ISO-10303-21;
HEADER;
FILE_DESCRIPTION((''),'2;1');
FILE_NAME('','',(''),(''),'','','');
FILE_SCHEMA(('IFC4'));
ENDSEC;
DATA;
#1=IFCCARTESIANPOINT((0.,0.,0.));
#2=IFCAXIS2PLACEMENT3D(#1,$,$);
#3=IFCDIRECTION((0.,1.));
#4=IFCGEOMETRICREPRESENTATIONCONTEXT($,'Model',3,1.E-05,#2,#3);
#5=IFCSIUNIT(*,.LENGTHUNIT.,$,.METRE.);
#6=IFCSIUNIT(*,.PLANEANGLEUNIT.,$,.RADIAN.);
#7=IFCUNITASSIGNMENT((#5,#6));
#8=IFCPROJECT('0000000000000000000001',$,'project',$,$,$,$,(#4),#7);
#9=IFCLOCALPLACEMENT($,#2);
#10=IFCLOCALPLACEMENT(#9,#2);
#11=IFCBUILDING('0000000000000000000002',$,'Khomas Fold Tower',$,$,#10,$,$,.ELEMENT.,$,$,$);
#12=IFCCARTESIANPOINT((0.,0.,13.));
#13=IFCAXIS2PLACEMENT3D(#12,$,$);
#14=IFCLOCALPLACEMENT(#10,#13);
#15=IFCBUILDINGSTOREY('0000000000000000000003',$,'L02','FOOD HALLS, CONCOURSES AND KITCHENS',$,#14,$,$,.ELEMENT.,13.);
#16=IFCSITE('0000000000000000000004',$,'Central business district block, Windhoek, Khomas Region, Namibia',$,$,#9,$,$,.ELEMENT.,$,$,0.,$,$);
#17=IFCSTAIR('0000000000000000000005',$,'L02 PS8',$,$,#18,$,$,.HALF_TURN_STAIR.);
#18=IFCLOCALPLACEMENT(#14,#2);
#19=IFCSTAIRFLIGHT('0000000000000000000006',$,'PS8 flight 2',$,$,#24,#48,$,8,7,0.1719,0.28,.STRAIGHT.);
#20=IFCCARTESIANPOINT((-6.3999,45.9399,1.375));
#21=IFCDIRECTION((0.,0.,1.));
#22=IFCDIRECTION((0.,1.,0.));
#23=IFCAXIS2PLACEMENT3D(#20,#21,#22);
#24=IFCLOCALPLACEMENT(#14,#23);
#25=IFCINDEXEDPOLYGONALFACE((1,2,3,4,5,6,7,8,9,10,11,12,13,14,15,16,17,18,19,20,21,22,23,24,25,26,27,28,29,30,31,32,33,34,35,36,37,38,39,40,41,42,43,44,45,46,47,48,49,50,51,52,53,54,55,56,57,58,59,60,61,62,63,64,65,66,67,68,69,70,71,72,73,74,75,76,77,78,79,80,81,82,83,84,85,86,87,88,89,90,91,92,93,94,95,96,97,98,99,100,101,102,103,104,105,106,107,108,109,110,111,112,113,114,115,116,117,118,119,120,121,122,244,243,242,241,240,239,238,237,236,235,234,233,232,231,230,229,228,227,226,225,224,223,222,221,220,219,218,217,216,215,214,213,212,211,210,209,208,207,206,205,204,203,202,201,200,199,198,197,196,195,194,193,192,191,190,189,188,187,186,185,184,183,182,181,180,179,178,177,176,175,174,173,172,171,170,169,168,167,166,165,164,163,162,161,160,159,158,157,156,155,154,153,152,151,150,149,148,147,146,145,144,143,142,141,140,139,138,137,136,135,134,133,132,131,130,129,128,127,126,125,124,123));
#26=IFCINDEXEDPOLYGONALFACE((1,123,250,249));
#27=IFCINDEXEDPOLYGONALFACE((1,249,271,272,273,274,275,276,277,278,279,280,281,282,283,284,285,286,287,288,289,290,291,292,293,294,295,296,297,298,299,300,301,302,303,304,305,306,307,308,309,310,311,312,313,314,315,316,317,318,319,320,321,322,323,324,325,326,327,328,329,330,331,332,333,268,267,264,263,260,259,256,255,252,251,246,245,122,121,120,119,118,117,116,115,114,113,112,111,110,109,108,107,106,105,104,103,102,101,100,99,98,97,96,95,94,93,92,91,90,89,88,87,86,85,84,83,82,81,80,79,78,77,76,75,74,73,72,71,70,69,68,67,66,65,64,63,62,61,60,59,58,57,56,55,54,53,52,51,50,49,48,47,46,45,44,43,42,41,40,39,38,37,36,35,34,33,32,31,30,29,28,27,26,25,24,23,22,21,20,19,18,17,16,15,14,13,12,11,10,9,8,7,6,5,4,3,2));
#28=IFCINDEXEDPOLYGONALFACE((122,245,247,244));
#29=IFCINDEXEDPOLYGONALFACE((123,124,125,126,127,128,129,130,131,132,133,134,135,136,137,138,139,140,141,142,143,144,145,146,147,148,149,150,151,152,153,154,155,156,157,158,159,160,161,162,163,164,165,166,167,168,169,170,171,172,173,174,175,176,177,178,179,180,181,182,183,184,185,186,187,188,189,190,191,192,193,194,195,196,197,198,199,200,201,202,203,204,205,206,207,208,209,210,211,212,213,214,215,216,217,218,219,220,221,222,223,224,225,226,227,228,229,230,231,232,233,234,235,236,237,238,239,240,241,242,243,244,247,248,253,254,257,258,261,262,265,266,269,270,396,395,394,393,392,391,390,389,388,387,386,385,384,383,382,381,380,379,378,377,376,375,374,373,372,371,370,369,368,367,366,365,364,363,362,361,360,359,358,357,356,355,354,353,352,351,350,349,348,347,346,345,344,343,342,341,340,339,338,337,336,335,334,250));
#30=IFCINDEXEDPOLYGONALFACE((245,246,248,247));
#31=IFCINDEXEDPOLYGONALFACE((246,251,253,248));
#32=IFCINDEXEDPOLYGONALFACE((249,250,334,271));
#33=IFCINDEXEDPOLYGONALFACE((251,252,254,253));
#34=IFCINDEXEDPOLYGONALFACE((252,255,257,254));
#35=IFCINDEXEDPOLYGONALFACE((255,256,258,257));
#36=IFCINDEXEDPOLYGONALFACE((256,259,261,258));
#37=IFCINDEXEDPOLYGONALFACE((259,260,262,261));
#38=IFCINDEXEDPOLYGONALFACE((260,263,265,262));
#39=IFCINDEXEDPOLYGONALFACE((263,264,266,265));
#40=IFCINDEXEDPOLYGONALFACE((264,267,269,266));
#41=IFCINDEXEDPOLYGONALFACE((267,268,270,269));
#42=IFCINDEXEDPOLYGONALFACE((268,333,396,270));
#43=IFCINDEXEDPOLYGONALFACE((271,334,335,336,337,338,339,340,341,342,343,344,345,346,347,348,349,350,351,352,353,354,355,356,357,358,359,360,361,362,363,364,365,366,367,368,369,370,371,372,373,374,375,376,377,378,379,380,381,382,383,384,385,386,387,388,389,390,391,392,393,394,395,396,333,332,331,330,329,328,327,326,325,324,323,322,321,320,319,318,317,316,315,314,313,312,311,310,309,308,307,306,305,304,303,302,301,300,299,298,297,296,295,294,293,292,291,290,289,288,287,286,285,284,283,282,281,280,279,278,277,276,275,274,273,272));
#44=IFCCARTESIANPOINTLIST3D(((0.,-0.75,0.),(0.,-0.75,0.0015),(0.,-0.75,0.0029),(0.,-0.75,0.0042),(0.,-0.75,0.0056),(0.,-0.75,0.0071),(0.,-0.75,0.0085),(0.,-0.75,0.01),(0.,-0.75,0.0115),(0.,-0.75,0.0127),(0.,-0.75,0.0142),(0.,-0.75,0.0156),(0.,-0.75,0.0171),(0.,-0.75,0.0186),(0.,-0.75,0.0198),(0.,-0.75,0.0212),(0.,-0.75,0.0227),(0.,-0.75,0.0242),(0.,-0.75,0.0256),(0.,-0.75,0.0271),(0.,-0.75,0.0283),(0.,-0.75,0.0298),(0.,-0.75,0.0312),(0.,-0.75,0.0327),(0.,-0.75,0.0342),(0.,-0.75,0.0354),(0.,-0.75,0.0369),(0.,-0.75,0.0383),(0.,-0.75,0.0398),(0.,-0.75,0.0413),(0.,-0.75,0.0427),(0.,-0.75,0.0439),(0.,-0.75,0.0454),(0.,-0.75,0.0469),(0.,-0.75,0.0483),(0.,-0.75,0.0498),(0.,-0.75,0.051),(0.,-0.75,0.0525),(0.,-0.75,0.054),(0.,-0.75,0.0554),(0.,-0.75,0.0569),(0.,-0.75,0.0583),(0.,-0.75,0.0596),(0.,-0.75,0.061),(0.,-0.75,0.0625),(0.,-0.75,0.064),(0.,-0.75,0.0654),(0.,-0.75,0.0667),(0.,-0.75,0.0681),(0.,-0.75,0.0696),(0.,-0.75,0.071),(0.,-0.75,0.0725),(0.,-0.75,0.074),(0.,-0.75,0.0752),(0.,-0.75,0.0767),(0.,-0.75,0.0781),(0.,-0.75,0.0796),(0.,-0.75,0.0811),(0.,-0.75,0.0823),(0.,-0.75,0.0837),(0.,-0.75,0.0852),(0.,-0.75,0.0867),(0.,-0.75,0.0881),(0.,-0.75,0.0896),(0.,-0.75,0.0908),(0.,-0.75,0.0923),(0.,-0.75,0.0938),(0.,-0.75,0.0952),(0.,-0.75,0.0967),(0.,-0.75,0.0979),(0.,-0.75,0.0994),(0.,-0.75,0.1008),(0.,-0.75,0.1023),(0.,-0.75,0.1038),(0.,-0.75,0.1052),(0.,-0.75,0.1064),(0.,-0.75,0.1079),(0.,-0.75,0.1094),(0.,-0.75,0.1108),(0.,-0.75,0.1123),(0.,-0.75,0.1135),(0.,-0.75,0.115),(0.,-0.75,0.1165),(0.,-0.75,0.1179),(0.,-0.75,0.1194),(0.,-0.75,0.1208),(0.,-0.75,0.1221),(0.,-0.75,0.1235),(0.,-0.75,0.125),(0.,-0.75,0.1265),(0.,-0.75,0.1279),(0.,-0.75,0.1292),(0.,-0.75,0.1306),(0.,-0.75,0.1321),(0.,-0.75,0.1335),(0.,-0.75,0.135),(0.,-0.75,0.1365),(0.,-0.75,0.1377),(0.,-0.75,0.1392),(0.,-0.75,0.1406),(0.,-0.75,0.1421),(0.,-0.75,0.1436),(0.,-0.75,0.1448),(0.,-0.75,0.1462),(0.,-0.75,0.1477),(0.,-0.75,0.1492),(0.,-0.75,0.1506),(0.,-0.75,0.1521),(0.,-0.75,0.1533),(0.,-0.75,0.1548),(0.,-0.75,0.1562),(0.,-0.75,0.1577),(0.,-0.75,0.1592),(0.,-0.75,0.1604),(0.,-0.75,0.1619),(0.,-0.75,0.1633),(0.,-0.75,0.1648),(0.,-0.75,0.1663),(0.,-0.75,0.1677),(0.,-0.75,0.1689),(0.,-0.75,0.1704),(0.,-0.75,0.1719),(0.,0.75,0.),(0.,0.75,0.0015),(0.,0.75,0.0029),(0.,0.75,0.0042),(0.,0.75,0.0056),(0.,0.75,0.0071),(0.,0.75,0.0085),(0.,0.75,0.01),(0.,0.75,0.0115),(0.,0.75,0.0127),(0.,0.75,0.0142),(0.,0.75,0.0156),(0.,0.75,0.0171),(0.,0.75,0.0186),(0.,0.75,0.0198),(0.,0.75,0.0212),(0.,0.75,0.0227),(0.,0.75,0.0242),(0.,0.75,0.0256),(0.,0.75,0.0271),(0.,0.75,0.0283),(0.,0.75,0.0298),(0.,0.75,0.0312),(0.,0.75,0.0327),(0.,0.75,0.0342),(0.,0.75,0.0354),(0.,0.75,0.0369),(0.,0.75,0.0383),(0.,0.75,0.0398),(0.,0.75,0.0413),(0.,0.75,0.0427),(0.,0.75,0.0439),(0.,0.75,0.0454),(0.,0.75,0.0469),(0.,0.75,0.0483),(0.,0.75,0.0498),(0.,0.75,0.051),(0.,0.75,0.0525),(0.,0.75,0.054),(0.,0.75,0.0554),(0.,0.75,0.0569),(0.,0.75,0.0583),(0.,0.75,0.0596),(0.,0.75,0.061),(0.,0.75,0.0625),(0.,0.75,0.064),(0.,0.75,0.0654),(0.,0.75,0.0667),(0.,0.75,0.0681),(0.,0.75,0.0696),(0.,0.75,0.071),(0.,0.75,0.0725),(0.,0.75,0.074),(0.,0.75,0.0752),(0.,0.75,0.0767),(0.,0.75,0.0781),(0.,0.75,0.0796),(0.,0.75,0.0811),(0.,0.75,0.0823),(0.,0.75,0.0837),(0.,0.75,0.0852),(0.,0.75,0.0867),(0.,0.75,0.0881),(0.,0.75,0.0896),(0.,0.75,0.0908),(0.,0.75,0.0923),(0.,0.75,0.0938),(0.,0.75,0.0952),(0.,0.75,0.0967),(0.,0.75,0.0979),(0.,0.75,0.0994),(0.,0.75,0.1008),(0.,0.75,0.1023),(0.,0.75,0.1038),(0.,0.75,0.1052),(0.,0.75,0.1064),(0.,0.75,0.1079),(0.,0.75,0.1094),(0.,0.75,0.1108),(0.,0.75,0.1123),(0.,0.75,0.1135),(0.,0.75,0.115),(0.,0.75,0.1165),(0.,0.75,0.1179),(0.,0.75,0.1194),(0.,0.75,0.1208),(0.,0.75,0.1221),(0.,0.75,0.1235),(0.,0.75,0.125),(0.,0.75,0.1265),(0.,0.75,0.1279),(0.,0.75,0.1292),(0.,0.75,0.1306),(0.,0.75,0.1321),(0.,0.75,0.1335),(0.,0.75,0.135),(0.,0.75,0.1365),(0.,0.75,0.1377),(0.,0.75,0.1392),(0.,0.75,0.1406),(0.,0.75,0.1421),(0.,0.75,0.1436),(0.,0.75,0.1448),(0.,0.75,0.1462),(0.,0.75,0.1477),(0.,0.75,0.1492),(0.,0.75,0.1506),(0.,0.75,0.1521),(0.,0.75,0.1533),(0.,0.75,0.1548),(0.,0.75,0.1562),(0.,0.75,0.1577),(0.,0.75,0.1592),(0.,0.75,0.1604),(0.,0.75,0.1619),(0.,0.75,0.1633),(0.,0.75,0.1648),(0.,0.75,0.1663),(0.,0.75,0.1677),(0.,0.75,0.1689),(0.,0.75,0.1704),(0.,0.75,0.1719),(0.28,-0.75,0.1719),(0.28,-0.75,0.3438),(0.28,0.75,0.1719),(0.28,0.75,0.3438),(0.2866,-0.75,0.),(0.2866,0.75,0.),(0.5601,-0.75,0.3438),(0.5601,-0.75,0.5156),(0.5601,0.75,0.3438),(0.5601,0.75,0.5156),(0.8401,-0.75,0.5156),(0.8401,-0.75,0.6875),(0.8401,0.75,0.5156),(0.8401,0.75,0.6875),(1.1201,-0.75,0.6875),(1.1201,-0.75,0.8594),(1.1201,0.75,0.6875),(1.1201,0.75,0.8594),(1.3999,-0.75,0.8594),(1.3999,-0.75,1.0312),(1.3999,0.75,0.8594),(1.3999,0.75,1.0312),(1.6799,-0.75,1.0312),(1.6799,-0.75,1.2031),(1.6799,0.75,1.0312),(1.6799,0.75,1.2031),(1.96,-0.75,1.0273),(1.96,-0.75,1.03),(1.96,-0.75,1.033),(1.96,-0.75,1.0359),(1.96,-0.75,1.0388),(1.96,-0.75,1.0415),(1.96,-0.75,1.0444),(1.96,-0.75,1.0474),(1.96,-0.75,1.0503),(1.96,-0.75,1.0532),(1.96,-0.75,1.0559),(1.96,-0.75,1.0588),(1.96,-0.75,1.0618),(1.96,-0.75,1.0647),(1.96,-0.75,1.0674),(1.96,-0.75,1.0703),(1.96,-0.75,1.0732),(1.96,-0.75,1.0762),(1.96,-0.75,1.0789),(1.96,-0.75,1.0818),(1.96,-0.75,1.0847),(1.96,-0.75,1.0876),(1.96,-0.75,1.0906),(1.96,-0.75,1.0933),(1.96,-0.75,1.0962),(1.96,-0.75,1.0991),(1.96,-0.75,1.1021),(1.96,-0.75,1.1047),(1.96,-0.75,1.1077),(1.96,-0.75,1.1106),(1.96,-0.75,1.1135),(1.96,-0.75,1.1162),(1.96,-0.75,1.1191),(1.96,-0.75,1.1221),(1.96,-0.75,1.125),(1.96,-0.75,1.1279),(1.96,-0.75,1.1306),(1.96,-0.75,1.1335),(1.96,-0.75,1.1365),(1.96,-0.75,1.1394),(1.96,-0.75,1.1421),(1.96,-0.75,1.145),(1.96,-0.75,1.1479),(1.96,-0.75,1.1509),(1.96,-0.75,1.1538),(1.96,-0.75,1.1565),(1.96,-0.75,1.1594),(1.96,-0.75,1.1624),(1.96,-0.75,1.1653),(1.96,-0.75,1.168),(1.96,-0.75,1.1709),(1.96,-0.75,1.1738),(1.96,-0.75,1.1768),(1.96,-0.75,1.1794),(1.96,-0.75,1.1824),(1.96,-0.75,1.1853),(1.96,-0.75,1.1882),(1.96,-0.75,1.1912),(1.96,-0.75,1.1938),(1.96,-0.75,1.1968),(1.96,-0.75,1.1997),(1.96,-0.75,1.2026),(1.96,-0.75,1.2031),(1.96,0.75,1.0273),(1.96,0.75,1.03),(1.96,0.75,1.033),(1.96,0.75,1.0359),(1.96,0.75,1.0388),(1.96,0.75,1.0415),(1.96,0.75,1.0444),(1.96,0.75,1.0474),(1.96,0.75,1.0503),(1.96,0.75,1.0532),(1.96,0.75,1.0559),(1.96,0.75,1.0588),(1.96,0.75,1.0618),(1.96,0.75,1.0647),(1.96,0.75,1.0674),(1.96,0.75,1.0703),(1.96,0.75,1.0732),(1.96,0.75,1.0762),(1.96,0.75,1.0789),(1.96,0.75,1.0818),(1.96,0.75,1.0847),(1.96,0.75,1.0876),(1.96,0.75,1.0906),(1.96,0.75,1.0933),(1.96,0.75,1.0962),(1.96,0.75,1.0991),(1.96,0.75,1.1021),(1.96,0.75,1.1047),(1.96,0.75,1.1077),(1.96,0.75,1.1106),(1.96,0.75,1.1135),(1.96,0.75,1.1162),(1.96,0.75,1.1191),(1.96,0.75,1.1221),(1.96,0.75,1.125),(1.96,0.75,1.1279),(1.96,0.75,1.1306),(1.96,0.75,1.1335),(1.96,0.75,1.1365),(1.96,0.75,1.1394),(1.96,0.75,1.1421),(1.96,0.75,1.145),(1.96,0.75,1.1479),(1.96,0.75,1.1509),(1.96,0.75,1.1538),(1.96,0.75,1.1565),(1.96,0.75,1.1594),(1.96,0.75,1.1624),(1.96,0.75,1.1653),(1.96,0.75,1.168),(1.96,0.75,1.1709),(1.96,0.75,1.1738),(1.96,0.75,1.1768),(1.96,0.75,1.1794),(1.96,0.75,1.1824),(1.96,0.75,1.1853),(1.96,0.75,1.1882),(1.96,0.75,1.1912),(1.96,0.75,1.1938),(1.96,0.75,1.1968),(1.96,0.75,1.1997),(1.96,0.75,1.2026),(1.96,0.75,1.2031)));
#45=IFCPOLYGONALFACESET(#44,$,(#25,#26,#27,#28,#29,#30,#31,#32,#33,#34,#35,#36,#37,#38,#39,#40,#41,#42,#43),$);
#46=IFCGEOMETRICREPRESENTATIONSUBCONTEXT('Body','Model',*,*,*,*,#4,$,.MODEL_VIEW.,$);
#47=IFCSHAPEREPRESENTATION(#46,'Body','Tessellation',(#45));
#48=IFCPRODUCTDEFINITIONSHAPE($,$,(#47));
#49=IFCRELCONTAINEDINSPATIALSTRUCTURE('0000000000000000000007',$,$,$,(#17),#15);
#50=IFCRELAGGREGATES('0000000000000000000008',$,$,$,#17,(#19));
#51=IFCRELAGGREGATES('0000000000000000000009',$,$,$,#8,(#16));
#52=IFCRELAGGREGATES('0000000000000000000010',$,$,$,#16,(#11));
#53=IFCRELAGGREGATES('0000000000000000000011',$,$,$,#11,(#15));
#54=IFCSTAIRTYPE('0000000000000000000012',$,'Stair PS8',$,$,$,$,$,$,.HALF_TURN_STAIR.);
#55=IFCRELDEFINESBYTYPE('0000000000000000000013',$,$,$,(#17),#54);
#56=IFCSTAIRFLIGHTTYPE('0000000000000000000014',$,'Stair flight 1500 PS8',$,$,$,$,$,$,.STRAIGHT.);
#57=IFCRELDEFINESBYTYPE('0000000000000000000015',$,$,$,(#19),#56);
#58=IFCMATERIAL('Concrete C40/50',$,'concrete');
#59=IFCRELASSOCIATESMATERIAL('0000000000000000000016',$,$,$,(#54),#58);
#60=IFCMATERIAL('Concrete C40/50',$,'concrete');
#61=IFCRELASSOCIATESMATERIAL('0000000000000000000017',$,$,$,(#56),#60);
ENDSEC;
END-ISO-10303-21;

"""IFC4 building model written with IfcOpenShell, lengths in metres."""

from ifc_helpers import new_model, si_unit, direction, frame, origin, place, context, subcontext, project, spatial, polyline, outline, extrude, source, transform, mapped, material, type_object, element, aggregate, save


model = new_model("IFC4")

# Units and contexts
model_context = context("Model", 3, precision=1e-05, world=origin(), true_north=direction((0.0, 1.0)))
body_context = subcontext(model_context, "Body", "Model", "MODEL_VIEW")
ifc_project = project(units=[si_unit("LENGTHUNIT", "METRE"), si_unit("PLANEANGLEUNIT", "RADIAN")], contexts=[model_context])

# Site, building, storey
site_placement = place(None, origin())
site = spatial("IfcSite", under=ifc_project, at=site_placement, Name="Central business district block, Windhoek, Khomas Region, Namibia", CompositionType="ELEMENT", RefElevation=0.0)
building_placement = place(site_placement, origin())
building = spatial("IfcBuilding", under=site, at=building_placement, Name="Khomas Fold Tower", CompositionType="ELEMENT")
storey_placement = place(building_placement, frame((0.0, 0.0, 13.0)))
storey = spatial("IfcBuildingStorey", under=building, at=storey_placement, Name="L02", Description="FOOD HALLS, CONCOURSES AND KITCHENS", CompositionType="ELEMENT", Elevation=13.0)

# Stair, stair flight
ifc_material_1 = material(Name="Concrete C40/50", Category="concrete")
stair_type = type_object("IfcStairType", Name="Stair PS8", PredefinedType="HALF_TURN_STAIR", material=ifc_material_1)
stair_placement = place(storey_placement, origin())
stair = element("IfcStair", 1, at=stair_placement, inside=storey, type_object=stair_type, Name="L02 PS8", PredefinedType="HALF_TURN_STAIR")
ifc_material_2 = material(Name="Concrete C40/50", Category="concrete")
stair_flight_type = type_object("IfcStairFlightType", Name="Stair flight 1500 PS8", PredefinedType="STRAIGHT", material=ifc_material_2)
shared_shape_1 = source(origin(), body_context, "Body", "SweptSolid", [
    extrude(outline(polyline([(0.0, 0.0), (0.0, 0.0015), (0.0, 0.0029), (0.0, 0.0042), (0.0, 0.0056), (0.0, 0.0071), (0.0, 0.0085), (0.0, 0.01), (0.0, 0.0115), (0.0, 0.0127), (0.0, 0.0142), (0.0, 0.0156), (0.0, 0.0171), (0.0, 0.0186), (0.0, 0.0198), (0.0, 0.0212), (0.0, 0.0227), (0.0, 0.0242), (0.0, 0.0256), (0.0, 0.0271), (0.0, 0.0283), (0.0, 0.0298), (0.0, 0.0312), (0.0, 0.0327), (0.0, 0.0342), (0.0, 0.0354), (0.0, 0.0369), (0.0, 0.0383), (0.0, 0.0398), (0.0, 0.0413), (0.0, 0.0427), (0.0, 0.0439), (0.0, 0.0454), (0.0, 0.0469), (0.0, 0.0483), (0.0, 0.0498), (0.0, 0.051), (0.0, 0.0525), (0.0, 0.054), (0.0, 0.0554), (0.0, 0.0569), (0.0, 0.0583), (0.0, 0.0596), (0.0, 0.061), (0.0, 0.0625), (0.0, 0.064), (0.0, 0.0654), (0.0, 0.0667), (0.0, 0.0681), (0.0, 0.0696), (0.0, 0.071), (0.0, 0.0725), (0.0, 0.074), (0.0, 0.0752), (0.0, 0.0767), (0.0, 0.0781), (0.0, 0.0796), (0.0, 0.0811), (0.0, 0.0823), (0.0, 0.0837), (0.0, 0.0852), (0.0, 0.0867), (0.0, 0.0881), (0.0, 0.0896), (0.0, 0.0908), (0.0, 0.0923), (0.0, 0.0938), (0.0, 0.0952), (0.0, 0.0967), (0.0, 0.0979), (0.0, 0.0994), (0.0, 0.1008), (0.0, 0.1023), (0.0, 0.1038), (0.0, 0.1052), (0.0, 0.1064), (0.0, 0.1079), (0.0, 0.1094), (0.0, 0.1108), (0.0, 0.1123), (0.0, 0.1135), (0.0, 0.115), (0.0, 0.1165), (0.0, 0.1179), (0.0, 0.1194), (0.0, 0.1208), (0.0, 0.1221), (0.0, 0.1235), (0.0, 0.125), (0.0, 0.1265), (0.0, 0.1279), (0.0, 0.1292), (0.0, 0.1306), (0.0, 0.1321), (0.0, 0.1335), (0.0, 0.135), (0.0, 0.1365), (0.0, 0.1377), (0.0, 0.1392), (0.0, 0.1406), (0.0, 0.1421), (0.0, 0.1436), (0.0, 0.1448), (0.0, 0.1462), (0.0, 0.1477), (0.0, 0.1492), (0.0, 0.1506), (0.0, 0.1521), (0.0, 0.1533), (0.0, 0.1548), (0.0, 0.1562), (0.0, 0.1577), (0.0, 0.1592), (0.0, 0.1604), (0.0, 0.1619), (0.0, 0.1633), (0.0, 0.1648), (0.0, 0.1663), (0.0, 0.1677), (0.0, 0.1689), (0.0, 0.1704), (0.0, 0.1719), (0.28, 0.1719), (0.28, 0.3438), (0.5601, 0.3438), (0.5601, 0.5156), (0.8401, 0.5156), (0.8401, 0.6875), (1.1201, 0.6875), (1.1201, 0.8594), (1.3999, 0.8594), (1.3999, 1.0312), (1.6799, 1.0312), (1.6799, 1.2031), (1.96, 1.2031), (1.96, 1.375), (1.96, 1.3721), (1.96, 1.3691), (1.96, 1.3665), (1.96, 1.3635), (1.96, 1.3606), (1.96, 1.3577), (1.96, 1.355), (1.96, 1.3521), (1.96, 1.3491), (1.96, 1.3462), (1.96, 1.3435), (1.96, 1.3406), (1.96, 1.3376), (1.96, 1.3347), (1.96, 1.3318), (1.96, 1.3291), (1.96, 1.3262), (1.96, 1.3232), (1.96, 1.3203), (1.96, 1.3176), (1.96, 1.3147), (1.96, 1.3118), (1.96, 1.3088), (1.96, 1.3059), (1.96, 1.3032), (1.96, 1.3003), (1.96, 1.2974), (1.96, 1.2944), (1.96, 1.2917), (1.96, 1.2888), (1.96, 1.2859), (1.96, 1.283), (1.96, 1.2803), (1.96, 1.2773), (1.96, 1.2744), (1.96, 1.2715), (1.96, 1.2686), (1.96, 1.2659), (1.96, 1.2629), (1.96, 1.26), (1.96, 1.2571), (1.96, 1.2544), (1.96, 1.2515), (1.96, 1.2485), (1.96, 1.2456), (1.96, 1.2427), (1.96, 1.24), (1.96, 1.2371), (1.96, 1.2341), (1.96, 1.2312), (1.96, 1.2285), (1.96, 1.2256), (1.96, 1.2227), (1.96, 1.2197), (1.96, 1.217), (1.96, 1.2141), (1.96, 1.2112), (1.96, 1.2083), (1.96, 1.2053), (1.96, 1.2026), (1.96, 1.1997), (1.96, 1.1968), (1.96, 1.1938), (1.96, 1.1912), (1.96, 1.1882), (1.96, 1.1853), (1.96, 1.1824), (1.96, 1.1794), (1.96, 1.1768), (1.96, 1.1738), (1.96, 1.1709), (1.96, 1.168), (1.96, 1.1653), (1.96, 1.1624), (1.96, 1.1594), (1.96, 1.1565), (1.96, 1.1538), (1.96, 1.1509), (1.96, 1.1479), (1.96, 1.145), (1.96, 1.1421), (1.96, 1.1394), (1.96, 1.1365), (1.96, 1.1335), (1.96, 1.1306), (1.96, 1.1279), (1.96, 1.125), (1.96, 1.1221), (1.96, 1.1191), (1.96, 1.1162), (1.96, 1.1135), (1.96, 1.1106), (1.96, 1.1077), (1.96, 1.1047), (1.96, 1.1021), (1.96, 1.0991), (1.96, 1.0962), (1.96, 1.0933), (1.96, 1.0906), (1.96, 1.0876), (1.96, 1.0847), (1.96, 1.0818), (1.96, 1.0789), (1.96, 1.0762), (1.96, 1.0732), (1.96, 1.0703), (1.96, 1.0674), (1.96, 1.0647), (1.96, 1.0618), (1.96, 1.0588), (1.96, 1.0559), (1.96, 1.0532), (1.96, 1.0503), (1.96, 1.0474), (1.96, 1.0444), (1.96, 1.0415), (1.96, 1.0388), (1.96, 1.0359), (1.96, 1.033), (1.96, 1.03), (1.96, 1.0273), (0.2866, 0.0), (0.0, 0.0)])), frame((0.0, 0.75, 0.0), z_axis=(0.0, -1.0, 0.0), x_axis=(1.0, 0.0, 0.0)), (0.0, 0.0, 1.0), 1.5),
])
stair_flight_1_placement = place(storey_placement, frame((-6.3999, 45.9399, 1.375), z_axis=(0.0, 0.0, 1.0), x_axis=(0.0, 1.0, 0.0)))
stair_flight_1 = element("IfcStairFlight", 2, at=stair_flight_1_placement, type_object=stair_flight_type, Name="PS8 flight 2", NumberOfRisers=8, NumberOfTreads=7, PredefinedType="STRAIGHT", RiserHeight=0.1719, TreadLength=0.28, context=body_context, shape_type="MappedRepresentation", body=[
    mapped(shared_shape_1, transform((0.0, 0.0, 0.0))),
])
aggregate(stair, [stair_flight_1])

save(model, "model.ifc")
